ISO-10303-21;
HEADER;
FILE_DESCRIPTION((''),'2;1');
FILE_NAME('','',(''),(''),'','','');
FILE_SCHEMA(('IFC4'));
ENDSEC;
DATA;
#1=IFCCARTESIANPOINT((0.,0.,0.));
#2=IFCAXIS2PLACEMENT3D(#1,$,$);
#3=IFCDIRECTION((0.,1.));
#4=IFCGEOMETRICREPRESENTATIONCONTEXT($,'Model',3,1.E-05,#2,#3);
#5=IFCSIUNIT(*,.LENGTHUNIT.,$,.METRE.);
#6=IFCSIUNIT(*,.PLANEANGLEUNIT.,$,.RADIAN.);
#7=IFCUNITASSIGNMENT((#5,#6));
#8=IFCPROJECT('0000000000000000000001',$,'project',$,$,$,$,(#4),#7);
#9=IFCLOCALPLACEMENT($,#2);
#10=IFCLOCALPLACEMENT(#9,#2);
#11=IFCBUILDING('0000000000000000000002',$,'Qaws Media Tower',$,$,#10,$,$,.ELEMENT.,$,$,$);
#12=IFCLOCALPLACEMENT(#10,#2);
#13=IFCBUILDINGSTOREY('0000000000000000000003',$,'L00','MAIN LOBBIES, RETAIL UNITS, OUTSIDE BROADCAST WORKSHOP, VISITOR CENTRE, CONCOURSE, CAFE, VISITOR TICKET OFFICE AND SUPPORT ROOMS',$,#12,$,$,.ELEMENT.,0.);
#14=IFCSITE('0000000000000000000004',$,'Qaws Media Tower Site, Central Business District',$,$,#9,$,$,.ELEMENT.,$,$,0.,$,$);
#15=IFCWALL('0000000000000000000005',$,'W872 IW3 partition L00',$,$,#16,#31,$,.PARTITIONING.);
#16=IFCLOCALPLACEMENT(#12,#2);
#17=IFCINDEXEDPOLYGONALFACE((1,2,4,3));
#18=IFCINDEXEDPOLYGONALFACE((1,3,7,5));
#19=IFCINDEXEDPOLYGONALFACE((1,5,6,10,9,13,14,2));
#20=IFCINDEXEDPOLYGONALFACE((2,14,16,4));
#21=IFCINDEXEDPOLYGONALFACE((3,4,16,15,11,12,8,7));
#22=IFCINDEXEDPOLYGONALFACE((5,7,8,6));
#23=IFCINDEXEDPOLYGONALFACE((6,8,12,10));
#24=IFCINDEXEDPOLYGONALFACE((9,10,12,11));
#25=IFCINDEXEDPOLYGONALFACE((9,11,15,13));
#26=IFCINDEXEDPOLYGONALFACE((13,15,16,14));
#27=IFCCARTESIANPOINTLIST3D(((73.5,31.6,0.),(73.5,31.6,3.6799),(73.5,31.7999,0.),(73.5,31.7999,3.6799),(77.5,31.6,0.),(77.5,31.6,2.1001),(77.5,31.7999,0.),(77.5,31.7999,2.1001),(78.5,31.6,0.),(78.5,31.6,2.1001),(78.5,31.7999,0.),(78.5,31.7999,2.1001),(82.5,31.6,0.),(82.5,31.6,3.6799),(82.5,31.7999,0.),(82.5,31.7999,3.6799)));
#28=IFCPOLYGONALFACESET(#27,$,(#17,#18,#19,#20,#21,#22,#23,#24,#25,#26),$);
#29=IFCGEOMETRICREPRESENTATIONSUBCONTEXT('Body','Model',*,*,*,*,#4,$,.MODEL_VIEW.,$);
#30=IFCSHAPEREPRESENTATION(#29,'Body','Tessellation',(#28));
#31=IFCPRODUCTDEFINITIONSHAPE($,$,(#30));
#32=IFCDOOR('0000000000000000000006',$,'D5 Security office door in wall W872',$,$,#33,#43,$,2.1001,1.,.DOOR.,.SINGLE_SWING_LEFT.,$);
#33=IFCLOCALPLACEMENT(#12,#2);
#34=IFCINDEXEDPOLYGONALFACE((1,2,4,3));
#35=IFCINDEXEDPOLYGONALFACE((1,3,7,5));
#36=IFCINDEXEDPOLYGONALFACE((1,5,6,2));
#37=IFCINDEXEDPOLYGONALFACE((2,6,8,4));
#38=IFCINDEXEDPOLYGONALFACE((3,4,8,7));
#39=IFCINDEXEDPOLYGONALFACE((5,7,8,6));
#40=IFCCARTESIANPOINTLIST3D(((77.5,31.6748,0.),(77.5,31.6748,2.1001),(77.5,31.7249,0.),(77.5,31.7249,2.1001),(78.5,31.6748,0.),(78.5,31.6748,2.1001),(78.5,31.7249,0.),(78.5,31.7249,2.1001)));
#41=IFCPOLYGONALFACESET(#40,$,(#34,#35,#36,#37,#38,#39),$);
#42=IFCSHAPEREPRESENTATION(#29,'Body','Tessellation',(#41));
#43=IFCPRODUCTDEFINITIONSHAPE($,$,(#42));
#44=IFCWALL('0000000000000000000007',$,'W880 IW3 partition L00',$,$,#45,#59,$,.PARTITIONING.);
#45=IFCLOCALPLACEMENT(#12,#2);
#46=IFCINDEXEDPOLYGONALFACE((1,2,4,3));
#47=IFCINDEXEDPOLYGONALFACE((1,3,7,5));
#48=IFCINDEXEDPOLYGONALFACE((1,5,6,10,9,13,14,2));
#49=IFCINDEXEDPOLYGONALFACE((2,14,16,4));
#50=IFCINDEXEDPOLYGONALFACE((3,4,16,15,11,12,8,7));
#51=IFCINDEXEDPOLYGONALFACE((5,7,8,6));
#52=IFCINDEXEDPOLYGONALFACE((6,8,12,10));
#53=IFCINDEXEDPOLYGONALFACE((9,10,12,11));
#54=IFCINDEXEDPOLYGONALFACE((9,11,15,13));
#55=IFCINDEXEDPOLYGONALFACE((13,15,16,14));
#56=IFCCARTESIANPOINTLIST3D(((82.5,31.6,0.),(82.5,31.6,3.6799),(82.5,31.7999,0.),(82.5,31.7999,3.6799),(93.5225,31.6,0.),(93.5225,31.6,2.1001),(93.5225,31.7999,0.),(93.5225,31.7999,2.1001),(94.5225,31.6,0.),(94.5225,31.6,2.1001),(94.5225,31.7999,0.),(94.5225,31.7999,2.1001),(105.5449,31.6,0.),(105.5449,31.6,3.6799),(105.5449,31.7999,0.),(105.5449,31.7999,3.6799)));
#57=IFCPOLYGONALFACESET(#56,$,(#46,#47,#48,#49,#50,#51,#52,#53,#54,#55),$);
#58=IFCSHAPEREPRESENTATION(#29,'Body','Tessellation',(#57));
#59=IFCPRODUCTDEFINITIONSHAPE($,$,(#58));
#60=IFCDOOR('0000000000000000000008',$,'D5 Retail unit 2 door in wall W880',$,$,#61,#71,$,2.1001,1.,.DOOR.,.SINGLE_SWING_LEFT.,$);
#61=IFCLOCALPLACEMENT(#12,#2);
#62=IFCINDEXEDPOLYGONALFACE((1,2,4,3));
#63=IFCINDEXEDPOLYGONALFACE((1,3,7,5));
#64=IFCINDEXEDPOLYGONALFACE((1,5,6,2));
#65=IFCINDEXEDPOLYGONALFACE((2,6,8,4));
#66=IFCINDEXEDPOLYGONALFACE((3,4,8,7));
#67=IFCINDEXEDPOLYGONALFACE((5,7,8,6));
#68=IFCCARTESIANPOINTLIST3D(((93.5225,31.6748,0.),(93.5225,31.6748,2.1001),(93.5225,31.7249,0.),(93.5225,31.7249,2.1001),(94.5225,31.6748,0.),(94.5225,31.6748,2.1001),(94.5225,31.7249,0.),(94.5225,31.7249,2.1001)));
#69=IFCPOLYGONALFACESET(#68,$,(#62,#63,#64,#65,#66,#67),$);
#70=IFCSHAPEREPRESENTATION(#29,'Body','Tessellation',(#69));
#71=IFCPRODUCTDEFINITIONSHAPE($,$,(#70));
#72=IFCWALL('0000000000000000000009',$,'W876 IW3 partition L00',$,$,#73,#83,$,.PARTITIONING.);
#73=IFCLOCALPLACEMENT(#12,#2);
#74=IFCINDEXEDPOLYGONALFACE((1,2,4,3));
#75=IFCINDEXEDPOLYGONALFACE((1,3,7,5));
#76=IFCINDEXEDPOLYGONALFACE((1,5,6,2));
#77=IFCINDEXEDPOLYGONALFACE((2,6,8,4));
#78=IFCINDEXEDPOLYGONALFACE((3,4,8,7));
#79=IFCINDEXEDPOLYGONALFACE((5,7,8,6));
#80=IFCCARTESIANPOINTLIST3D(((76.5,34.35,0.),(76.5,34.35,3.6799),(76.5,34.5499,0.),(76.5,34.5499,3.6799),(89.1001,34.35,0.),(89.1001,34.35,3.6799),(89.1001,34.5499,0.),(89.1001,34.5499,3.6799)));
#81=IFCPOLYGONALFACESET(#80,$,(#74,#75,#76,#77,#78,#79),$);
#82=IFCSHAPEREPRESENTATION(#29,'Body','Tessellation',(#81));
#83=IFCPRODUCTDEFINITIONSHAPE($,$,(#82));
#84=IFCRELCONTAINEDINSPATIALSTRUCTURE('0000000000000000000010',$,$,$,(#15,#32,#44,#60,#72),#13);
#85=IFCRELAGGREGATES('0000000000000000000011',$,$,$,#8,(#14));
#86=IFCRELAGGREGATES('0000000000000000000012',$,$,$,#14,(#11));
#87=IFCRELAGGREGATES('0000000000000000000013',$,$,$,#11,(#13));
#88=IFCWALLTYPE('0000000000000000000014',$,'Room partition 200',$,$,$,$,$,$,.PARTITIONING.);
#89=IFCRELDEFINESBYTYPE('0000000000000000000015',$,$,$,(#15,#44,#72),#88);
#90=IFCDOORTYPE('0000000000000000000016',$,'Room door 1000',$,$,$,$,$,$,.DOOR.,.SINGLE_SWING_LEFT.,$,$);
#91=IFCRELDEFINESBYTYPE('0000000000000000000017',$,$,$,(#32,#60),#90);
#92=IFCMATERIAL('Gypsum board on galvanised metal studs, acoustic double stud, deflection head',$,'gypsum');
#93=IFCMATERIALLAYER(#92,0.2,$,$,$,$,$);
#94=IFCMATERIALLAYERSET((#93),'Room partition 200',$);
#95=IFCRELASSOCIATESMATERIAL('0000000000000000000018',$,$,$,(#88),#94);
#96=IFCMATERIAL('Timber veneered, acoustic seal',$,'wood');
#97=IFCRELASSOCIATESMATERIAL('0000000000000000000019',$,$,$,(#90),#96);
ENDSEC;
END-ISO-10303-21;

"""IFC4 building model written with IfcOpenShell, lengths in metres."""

from ifc_helpers import new_model, si_unit, direction, frame, frame_2d, origin, place, context, subcontext, project, spatial, rectangle, extrude, material, layer, layer_set, type_object, element, fill, save


model = new_model("IFC4")

# Units and contexts
model_context = context("Model", 3, precision=1e-05, world=origin(), true_north=direction((0.0, 1.0)))
body_context = subcontext(model_context, "Body", "Model", "MODEL_VIEW")
ifc_project = project(units=[si_unit("LENGTHUNIT", "METRE"), si_unit("PLANEANGLEUNIT", "RADIAN")], contexts=[model_context])

# Site, building, storey
site_placement = place(None, origin())
site = spatial("IfcSite", under=ifc_project, at=site_placement, Name="Qaws Media Tower Site, Central Business District", CompositionType="ELEMENT", RefElevation=0.0)
building_placement = place(site_placement, origin())
building = spatial("IfcBuilding", under=site, at=building_placement, Name="Qaws Media Tower", CompositionType="ELEMENT")
storey_placement = place(building_placement, origin())
storey = spatial("IfcBuildingStorey", under=building, at=storey_placement, Name="L00", Description="MAIN LOBBIES, RETAIL UNITS, OUTSIDE BROADCAST WORKSHOP, VISITOR CENTRE, CONCOURSE, CAFE, VISITOR TICKET OFFICE AND SUPPORT ROOMS", CompositionType="ELEMENT", Elevation=0.0)

# Shared definitions
ifc_material_1 = material(Name="Gypsum board on galvanised metal studs, acoustic double stud, deflection head", Category="gypsum")
ifc_layer = layer(ifc_material_1, 0.2)
ifc_layer_set = layer_set([ifc_layer], Name="Room partition 200")
wall_type = type_object("IfcWallType", Name="Room partition 200", PredefinedType="PARTITIONING", material=ifc_layer_set)

# Walls, openings, doors
wall_1_placement = place(storey_placement, frame((73.5, 31.7, 0.0), z_axis=(0.0, 0.0, 1.0), x_axis=(1.0, 0.0, 0.0)))
wall_1 = element("IfcWall", 1, at=wall_1_placement, inside=storey, type_object=wall_type, Name="W872 IW3 partition L00", PredefinedType="PARTITIONING", context=body_context, shape_type="SweptSolid", body=[
    extrude(rectangle(XDim=9.0, YDim=0.2, at=frame_2d((4.5, 0.0))), origin(), (0.0, 0.0, 1.0), 3.6799),
])
opening_1_placement = place(wall_1_placement, frame((4.0, 0.0, 0.0)))
opening_1 = element("IfcOpeningElement", 2, at=opening_1_placement, cuts=wall_1, PredefinedType="OPENING", context=body_context, shape_type="SweptSolid", body=[
    extrude(rectangle(XDim=1.0, YDim=2.1001, at=frame_2d((0.5, 1.05))), frame((0.0, 0.1099, 0.0), z_axis=(0.0, -1.0, 0.0), x_axis=(1.0, 0.0, 0.0)), (0.0, 0.0, 1.0), 0.22),
])
ifc_material_2 = material(Name="Timber veneered, acoustic seal", Category="wood")
door_type = type_object("IfcDoorType", Name="Room door 1000", OperationType="SINGLE_SWING_LEFT", PredefinedType="DOOR", material=ifc_material_2)
door_1_placement = place(opening_1_placement, origin())
door_1 = element("IfcDoor", 3, at=door_1_placement, inside=storey, type_object=door_type, Name="D5 Security office door in wall W872", OperationType="SINGLE_SWING_LEFT", OverallHeight=2.1001, OverallWidth=1.0, PredefinedType="DOOR", context=body_context, shape_type="SweptSolid", body=[
    extrude(rectangle(XDim=1.0, YDim=2.1001, at=frame_2d((0.5, 1.05))), frame((0.0, 0.0249, 0.0), z_axis=(0.0, -1.0, 0.0), x_axis=(1.0, 0.0, 0.0)), (0.0, 0.0, 1.0), 0.05),
])
fill(opening_1, door_1)
wall_2_placement = place(storey_placement, frame((82.5, 31.7, 0.0), z_axis=(0.0, 0.0, 1.0), x_axis=(1.0, 0.0, 0.0)))
wall_2 = element("IfcWall", 4, at=wall_2_placement, inside=storey, type_object=wall_type, Name="W880 IW3 partition L00", PredefinedType="PARTITIONING", context=body_context, shape_type="SweptSolid", body=[
    extrude(rectangle(XDim=23.0449, YDim=0.2, at=frame_2d((11.5225, 0.0))), origin(), (0.0, 0.0, 1.0), 3.6799),
])
opening_2_placement = place(wall_2_placement, frame((11.0225, 0.0, 0.0)))
opening_2 = element("IfcOpeningElement", 5, at=opening_2_placement, cuts=wall_2, PredefinedType="OPENING", context=body_context, shape_type="SweptSolid", body=[
    extrude(rectangle(XDim=1.0, YDim=2.1001, at=frame_2d((0.5, 1.05))), frame((0.0, 0.1099, 0.0), z_axis=(0.0, -1.0, 0.0), x_axis=(1.0, 0.0, 0.0)), (0.0, 0.0, 1.0), 0.22),
])
door_2_placement = place(opening_2_placement, origin())
door_2 = element("IfcDoor", 6, at=door_2_placement, inside=storey, type_object=door_type, Name="D5 Retail unit 2 door in wall W880", OperationType="SINGLE_SWING_LEFT", OverallHeight=2.1001, OverallWidth=1.0, PredefinedType="DOOR", context=body_context, shape_type="SweptSolid", body=[
    extrude(rectangle(XDim=1.0, YDim=2.1001, at=frame_2d((0.5, 1.05))), frame((0.0, 0.0249, 0.0), z_axis=(0.0, -1.0, 0.0), x_axis=(1.0, 0.0, 0.0)), (0.0, 0.0, 1.0), 0.05),
])
fill(opening_2, door_2)

# Wall
wall_3_placement = place(storey_placement, frame((76.5, 34.45, 0.0), z_axis=(0.0, 0.0, 1.0), x_axis=(1.0, 0.0, 0.0)))
element("IfcWall", 7, at=wall_3_placement, inside=storey, type_object=wall_type, Name="W876 IW3 partition L00", PredefinedType="PARTITIONING", context=body_context, shape_type="SweptSolid", body=[
    extrude(rectangle(XDim=12.6001, YDim=0.2, at=frame_2d((6.3, 0.0))), origin(), (0.0, 0.0, 1.0), 3.6799),
])

save(model, "model.ifc")
